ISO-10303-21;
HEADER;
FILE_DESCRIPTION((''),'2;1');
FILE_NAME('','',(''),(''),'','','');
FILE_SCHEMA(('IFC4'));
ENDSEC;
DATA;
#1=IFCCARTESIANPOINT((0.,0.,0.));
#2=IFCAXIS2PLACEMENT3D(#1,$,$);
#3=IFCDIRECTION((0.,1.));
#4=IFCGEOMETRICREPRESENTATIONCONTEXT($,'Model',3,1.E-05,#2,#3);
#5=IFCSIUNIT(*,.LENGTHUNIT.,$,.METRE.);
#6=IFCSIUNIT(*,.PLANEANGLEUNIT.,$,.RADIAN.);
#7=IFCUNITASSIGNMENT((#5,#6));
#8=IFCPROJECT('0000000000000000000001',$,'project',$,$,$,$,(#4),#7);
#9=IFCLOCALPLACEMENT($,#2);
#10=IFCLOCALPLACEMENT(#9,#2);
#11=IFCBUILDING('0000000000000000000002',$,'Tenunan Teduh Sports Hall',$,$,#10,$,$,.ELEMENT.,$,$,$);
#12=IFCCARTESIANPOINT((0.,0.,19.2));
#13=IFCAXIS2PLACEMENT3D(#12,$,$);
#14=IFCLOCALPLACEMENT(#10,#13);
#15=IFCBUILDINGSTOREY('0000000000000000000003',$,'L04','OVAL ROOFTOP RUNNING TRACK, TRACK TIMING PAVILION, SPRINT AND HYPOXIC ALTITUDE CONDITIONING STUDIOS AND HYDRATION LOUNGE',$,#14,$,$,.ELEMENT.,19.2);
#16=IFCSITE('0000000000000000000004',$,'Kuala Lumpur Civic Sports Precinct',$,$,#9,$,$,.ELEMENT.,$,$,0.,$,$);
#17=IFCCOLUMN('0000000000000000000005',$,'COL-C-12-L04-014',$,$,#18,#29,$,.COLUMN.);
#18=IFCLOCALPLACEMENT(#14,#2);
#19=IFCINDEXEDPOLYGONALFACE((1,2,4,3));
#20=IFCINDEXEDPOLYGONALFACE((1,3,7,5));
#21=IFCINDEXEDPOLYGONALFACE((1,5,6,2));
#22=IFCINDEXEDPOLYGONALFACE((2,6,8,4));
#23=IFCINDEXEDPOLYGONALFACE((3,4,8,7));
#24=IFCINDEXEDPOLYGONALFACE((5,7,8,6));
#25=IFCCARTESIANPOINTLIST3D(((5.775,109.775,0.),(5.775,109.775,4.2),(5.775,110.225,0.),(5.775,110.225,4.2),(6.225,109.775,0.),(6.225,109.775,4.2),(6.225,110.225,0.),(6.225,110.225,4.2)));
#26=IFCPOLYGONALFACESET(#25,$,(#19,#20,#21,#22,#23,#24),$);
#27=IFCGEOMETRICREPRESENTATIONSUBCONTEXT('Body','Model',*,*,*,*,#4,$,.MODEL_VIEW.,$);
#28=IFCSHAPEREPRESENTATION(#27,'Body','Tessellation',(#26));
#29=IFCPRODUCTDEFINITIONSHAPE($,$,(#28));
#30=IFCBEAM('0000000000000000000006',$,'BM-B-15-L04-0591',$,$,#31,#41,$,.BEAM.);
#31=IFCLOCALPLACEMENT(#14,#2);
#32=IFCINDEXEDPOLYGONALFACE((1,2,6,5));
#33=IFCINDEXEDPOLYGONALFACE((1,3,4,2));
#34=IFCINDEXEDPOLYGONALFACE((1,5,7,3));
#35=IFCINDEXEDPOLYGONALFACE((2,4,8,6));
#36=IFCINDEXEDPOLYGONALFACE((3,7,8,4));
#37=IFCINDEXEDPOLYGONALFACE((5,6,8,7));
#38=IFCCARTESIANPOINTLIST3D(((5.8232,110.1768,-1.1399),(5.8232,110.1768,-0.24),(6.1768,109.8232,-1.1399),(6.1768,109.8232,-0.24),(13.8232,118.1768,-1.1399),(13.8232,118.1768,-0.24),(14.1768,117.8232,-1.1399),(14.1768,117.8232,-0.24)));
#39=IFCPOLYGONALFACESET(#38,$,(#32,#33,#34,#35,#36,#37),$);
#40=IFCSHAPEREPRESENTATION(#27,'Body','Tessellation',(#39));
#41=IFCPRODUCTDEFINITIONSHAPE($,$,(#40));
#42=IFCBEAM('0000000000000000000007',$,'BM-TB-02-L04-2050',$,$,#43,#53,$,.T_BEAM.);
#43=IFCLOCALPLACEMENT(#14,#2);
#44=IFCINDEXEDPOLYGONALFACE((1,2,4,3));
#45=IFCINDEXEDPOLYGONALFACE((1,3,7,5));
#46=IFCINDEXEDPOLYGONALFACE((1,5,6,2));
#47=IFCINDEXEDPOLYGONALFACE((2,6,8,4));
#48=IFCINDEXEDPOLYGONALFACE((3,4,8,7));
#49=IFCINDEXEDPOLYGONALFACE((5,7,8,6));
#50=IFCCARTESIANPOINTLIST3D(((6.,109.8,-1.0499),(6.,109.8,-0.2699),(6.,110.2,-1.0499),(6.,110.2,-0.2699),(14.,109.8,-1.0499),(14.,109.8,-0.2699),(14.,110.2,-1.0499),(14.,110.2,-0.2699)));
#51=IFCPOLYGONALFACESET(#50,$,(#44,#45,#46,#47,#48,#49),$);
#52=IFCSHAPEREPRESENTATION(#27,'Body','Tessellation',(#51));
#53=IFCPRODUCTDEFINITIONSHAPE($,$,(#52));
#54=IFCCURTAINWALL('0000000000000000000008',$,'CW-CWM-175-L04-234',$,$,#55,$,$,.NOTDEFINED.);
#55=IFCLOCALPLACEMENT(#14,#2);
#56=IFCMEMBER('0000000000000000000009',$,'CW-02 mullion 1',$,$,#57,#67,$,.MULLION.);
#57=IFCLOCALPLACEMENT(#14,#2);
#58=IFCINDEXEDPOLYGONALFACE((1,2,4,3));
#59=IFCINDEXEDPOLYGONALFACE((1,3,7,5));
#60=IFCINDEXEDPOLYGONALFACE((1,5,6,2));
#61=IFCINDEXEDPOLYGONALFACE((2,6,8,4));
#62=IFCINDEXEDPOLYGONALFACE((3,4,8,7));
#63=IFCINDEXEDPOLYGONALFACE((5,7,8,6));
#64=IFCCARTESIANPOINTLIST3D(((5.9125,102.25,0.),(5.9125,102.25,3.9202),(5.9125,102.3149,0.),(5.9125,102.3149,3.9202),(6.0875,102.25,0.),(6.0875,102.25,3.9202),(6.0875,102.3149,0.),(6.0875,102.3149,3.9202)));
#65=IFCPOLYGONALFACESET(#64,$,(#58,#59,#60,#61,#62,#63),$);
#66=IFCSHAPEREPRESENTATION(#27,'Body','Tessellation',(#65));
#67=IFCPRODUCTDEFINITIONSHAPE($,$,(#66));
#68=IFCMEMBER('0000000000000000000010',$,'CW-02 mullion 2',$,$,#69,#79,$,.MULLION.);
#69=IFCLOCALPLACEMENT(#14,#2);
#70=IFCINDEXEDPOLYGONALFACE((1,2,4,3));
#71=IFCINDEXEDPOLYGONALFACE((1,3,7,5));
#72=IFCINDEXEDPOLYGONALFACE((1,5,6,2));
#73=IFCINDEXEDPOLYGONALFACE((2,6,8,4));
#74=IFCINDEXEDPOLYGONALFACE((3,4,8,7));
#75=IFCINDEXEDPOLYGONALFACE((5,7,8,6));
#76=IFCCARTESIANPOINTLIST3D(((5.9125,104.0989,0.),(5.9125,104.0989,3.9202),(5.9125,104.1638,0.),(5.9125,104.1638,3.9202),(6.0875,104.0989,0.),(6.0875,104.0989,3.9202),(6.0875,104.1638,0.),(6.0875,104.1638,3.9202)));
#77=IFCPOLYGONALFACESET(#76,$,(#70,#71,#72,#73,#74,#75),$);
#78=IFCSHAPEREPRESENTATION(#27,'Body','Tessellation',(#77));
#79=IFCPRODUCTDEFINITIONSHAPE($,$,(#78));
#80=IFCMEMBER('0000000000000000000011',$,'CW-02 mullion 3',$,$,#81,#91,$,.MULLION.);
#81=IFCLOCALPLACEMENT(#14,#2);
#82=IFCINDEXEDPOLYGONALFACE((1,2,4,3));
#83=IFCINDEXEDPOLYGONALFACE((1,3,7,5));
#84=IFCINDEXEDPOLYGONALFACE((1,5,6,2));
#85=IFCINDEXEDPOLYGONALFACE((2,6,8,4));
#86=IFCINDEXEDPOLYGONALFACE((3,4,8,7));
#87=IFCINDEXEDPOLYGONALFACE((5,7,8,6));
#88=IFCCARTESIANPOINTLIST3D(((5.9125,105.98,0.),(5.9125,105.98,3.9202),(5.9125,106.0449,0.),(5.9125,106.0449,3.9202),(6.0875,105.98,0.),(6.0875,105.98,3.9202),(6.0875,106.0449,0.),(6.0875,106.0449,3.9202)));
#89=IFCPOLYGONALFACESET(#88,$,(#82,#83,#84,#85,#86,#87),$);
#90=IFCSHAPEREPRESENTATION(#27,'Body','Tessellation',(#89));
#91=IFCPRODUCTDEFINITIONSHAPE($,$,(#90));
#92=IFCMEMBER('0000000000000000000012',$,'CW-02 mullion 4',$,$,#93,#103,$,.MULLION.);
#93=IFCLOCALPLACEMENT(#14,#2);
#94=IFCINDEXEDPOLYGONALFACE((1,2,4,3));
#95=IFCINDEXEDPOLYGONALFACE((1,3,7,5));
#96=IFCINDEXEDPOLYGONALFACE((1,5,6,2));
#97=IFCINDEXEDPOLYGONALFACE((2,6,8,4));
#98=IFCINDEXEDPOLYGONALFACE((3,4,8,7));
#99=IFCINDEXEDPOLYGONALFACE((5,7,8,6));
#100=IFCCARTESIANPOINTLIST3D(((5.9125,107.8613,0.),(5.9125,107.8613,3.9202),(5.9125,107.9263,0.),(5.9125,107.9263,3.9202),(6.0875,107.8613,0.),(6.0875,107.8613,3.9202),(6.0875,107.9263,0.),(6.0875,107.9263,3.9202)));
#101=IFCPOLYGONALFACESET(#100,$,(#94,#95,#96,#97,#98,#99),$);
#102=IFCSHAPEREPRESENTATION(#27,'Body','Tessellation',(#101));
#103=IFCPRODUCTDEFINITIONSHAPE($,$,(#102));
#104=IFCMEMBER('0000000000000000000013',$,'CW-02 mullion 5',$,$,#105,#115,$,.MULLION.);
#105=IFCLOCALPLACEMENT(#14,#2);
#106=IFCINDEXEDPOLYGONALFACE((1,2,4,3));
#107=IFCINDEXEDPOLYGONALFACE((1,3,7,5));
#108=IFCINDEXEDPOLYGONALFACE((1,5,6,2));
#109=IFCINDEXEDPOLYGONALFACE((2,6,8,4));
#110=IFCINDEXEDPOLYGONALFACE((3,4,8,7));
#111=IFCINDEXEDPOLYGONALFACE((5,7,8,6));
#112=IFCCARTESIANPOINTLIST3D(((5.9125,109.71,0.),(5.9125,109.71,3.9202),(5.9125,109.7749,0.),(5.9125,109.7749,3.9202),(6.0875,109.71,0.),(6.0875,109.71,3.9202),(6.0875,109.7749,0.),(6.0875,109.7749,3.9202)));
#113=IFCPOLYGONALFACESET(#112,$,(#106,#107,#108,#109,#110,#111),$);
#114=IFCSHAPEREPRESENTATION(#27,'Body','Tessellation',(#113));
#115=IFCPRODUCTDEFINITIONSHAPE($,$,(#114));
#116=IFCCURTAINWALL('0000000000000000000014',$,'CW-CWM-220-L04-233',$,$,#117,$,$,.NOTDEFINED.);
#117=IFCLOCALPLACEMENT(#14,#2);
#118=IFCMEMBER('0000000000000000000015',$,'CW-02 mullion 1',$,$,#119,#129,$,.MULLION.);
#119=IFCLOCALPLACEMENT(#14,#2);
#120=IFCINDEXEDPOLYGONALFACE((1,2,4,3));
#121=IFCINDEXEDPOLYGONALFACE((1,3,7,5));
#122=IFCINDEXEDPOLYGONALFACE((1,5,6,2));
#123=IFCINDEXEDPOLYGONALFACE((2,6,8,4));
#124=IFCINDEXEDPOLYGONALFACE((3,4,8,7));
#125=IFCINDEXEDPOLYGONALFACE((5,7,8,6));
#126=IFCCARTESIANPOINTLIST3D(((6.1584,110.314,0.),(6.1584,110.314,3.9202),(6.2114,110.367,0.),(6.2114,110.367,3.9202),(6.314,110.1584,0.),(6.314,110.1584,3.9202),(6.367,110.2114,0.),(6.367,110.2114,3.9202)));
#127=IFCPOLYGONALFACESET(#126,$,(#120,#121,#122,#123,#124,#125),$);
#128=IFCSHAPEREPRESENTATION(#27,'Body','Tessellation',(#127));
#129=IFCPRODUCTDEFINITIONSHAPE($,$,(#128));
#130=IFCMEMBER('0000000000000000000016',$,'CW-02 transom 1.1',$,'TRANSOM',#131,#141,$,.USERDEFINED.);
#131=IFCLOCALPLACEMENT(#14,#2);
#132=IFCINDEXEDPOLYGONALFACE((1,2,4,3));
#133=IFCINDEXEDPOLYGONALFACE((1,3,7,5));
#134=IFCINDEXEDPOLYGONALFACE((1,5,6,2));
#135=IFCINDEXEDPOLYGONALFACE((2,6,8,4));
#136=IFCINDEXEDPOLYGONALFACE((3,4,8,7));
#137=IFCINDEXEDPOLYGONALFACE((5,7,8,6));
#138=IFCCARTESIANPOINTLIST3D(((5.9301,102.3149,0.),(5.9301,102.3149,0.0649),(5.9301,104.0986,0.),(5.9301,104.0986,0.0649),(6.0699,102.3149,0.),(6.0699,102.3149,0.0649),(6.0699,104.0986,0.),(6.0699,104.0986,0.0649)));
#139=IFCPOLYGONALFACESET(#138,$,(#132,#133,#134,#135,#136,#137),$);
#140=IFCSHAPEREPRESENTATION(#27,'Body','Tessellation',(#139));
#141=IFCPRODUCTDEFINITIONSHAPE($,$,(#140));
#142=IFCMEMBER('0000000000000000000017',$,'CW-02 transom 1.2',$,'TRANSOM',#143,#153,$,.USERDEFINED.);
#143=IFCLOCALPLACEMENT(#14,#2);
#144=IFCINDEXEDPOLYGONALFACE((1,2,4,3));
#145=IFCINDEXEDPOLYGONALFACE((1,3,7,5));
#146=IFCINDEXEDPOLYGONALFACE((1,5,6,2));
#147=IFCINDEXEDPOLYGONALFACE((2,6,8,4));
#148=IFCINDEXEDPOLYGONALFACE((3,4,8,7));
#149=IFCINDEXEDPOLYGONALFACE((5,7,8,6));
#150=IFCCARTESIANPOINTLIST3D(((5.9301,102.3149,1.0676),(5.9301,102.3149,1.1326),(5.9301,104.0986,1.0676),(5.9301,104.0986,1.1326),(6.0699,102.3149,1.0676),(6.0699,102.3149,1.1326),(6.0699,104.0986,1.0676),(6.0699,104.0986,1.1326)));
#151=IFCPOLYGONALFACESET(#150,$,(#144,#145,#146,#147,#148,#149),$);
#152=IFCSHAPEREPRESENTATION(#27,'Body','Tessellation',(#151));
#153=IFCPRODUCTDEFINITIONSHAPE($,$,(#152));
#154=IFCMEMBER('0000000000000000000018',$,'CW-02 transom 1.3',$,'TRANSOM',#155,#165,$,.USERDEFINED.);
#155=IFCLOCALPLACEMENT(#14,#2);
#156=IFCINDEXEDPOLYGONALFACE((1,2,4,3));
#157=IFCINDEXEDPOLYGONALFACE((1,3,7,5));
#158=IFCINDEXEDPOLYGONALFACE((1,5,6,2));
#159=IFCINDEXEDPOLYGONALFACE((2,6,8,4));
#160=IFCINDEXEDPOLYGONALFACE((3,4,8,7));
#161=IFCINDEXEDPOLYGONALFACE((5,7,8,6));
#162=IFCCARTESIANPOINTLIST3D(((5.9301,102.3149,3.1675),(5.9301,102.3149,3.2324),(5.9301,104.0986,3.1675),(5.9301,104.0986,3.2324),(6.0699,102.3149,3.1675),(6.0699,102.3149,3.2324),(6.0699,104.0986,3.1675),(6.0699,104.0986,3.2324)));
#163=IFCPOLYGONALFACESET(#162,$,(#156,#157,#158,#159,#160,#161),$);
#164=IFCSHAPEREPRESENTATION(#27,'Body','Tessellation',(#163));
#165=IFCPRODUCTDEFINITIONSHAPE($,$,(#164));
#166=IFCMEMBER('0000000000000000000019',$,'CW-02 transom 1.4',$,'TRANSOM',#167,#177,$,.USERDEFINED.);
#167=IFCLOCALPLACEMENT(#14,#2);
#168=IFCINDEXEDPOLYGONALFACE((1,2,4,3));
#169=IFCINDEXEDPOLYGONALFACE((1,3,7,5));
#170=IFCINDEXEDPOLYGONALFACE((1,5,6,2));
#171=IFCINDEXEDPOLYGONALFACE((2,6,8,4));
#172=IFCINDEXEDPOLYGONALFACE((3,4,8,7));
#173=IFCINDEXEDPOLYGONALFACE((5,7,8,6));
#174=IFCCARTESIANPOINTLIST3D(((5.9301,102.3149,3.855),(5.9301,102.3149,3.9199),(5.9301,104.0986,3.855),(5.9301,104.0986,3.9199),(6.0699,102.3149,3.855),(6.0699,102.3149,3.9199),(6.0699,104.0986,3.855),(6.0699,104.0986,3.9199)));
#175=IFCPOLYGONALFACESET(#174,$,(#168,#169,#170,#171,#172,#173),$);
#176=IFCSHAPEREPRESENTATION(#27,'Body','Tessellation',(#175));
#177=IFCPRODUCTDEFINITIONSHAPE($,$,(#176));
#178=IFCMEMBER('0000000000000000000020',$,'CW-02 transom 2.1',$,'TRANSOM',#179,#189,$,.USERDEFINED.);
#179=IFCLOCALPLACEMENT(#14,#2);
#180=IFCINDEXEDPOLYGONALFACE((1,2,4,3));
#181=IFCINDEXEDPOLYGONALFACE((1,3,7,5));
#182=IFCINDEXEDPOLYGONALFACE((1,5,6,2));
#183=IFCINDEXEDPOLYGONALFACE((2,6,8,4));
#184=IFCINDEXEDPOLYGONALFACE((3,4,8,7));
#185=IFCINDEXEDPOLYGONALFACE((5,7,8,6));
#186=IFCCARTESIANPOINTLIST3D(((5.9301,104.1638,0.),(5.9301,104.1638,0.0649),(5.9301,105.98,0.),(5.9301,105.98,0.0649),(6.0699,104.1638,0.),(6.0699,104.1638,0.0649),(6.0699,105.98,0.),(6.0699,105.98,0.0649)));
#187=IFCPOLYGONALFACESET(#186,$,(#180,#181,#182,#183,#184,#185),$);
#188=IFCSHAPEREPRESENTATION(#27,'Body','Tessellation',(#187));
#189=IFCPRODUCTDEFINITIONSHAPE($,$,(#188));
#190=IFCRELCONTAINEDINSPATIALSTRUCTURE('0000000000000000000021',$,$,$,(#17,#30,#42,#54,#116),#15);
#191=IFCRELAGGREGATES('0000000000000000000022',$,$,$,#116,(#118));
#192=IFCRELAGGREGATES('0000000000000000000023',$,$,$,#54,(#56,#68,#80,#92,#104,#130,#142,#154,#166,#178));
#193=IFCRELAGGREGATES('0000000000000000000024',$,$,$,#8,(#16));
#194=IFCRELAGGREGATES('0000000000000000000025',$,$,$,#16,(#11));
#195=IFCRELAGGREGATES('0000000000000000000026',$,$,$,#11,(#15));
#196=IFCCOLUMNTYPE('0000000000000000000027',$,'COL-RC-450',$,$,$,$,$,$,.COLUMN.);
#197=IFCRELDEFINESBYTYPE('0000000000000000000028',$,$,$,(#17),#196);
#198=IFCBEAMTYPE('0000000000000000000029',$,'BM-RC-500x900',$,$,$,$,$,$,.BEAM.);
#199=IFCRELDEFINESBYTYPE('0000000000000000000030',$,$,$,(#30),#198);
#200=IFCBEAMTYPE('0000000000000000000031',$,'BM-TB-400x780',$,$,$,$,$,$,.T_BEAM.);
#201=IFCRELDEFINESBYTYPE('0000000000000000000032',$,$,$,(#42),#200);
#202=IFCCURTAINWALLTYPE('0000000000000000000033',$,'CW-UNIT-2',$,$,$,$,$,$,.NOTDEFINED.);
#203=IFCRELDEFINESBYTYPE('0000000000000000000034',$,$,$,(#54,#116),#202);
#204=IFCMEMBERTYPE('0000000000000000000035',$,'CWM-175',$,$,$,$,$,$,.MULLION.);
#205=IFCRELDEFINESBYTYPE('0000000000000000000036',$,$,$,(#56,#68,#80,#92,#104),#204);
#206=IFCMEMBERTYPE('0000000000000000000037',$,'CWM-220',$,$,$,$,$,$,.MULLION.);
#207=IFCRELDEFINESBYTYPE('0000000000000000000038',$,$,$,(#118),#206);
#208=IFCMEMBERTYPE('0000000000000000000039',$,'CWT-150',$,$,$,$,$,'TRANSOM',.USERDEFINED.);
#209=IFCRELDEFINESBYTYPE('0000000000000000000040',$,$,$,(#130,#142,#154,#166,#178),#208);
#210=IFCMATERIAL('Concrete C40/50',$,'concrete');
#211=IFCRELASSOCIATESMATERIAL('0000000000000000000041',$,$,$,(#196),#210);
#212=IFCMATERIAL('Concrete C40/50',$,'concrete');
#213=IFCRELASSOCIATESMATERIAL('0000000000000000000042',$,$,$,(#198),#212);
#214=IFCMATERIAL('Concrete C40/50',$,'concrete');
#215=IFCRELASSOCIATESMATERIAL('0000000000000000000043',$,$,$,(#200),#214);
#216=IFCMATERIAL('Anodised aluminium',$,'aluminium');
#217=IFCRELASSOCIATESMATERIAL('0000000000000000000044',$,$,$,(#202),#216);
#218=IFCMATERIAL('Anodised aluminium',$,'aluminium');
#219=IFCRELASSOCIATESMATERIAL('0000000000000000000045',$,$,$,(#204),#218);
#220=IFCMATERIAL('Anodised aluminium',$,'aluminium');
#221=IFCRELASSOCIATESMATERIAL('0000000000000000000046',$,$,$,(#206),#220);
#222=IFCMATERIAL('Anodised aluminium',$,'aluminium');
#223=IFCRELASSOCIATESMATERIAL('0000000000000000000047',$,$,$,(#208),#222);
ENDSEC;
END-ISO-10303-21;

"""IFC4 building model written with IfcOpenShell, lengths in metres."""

from ifc_helpers import new_model, si_unit, direction, frame, origin, origin_2d, place, context, subcontext, project, spatial, rectangle, extrude, material, material_profile, profile_set, type_object, element, aggregate, save


model = new_model("IFC4")

# Units and contexts
model_context = context("Model", 3, precision=1e-05, world=origin(), true_north=direction((0.0, 1.0)))
body_context = subcontext(model_context, "Body", "Model", "MODEL_VIEW")
ifc_project = project(units=[si_unit("LENGTHUNIT", "METRE"), si_unit("PLANEANGLEUNIT", "RADIAN")], contexts=[model_context])

# Site, building, storey
site_placement = place(None, origin())
site = spatial("IfcSite", under=ifc_project, at=site_placement, Name="Kuala Lumpur Civic Sports Precinct", CompositionType="ELEMENT", RefElevation=0.0)
building_placement = place(site_placement, origin())
building = spatial("IfcBuilding", under=site, at=building_placement, Name="Tenunan Teduh Sports Hall", CompositionType="ELEMENT")
storey_placement = place(building_placement, frame((0.0, 0.0, 19.2)))
storey = spatial("IfcBuildingStorey", under=building, at=storey_placement, Name="L04", Description="OVAL ROOFTOP RUNNING TRACK, TRACK TIMING PAVILION, SPRINT AND HYPOXIC ALTITUDE CONDITIONING STUDIOS AND HYDRATION LOUNGE", CompositionType="ELEMENT", Elevation=19.2)

# Column
ifc_material_1 = material(Name="Concrete C40/50", Category="concrete")
ifc_material_profile_1 = material_profile(ifc_material_1, rectangle(XDim=0.45, YDim=0.45, at=origin_2d()), Name="RC 450x450")
ifc_profile_set_1 = profile_set([ifc_material_profile_1], Name="Concrete C40/50")
column_type = type_object("IfcColumnType", Name="COL-RC-450", PredefinedType="COLUMN", material=ifc_profile_set_1)
column_placement = place(storey_placement, frame((6.0, 110.0, 0.0), z_axis=(0.0, 0.0, 1.0), x_axis=(1.0, 0.0, 0.0)))
element("IfcColumn", 1, at=column_placement, inside=storey, type_object=column_type, Name="COL-C-12-L04-014", PredefinedType="COLUMN", context=body_context, shape_type="SweptSolid", body=[
    extrude(rectangle(XDim=0.45, YDim=0.45, at=origin_2d()), origin(), (0.0, 0.0, 1.0), 4.2),
])

# Beams
ifc_material_2 = material(Name="Concrete C40/50", Category="concrete")
ifc_material_profile_2 = material_profile(ifc_material_2, rectangle(XDim=0.5, YDim=0.8999, at=origin_2d()), Name="RCB 500x900")
ifc_profile_set_2 = profile_set([ifc_material_profile_2], Name="Concrete C40/50")
beam_type_1 = type_object("IfcBeamType", Name="BM-RC-500x900", PredefinedType="BEAM", material=ifc_profile_set_2)
beam_1_placement = place(storey_placement, frame((6.0, 110.0, -0.6899), z_axis=(0.707107, 0.707107, 0.0), x_axis=(-0.707107, 0.707107, 0.0)))
element("IfcBeam", 2, at=beam_1_placement, inside=storey, type_object=beam_type_1, Name="BM-B-15-L04-0591", PredefinedType="BEAM", context=body_context, shape_type="SweptSolid", body=[
    extrude(rectangle(XDim=0.5, YDim=0.8999, at=origin_2d()), origin(), (0.0, 0.0, 1.0), 11.3137),
])
ifc_material_3 = material(Name="Concrete C40/50", Category="concrete")
ifc_material_profile_3 = material_profile(ifc_material_3, rectangle(XDim=0.3999, YDim=0.78, at=origin_2d()), Name="TB 400x780")
ifc_profile_set_3 = profile_set([ifc_material_profile_3], Name="Concrete C40/50")
beam_type_2 = type_object("IfcBeamType", Name="BM-TB-400x780", PredefinedType="T_BEAM", material=ifc_profile_set_3)
beam_2_placement = place(storey_placement, frame((6.0, 110.0, -0.6599), z_axis=(1.0, 0.0, 0.0), x_axis=(0.0, 1.0, 0.0)))
element("IfcBeam", 3, at=beam_2_placement, inside=storey, type_object=beam_type_2, Name="BM-TB-02-L04-2050", PredefinedType="T_BEAM", context=body_context, shape_type="SweptSolid", body=[
    extrude(rectangle(XDim=0.3999, YDim=0.78, at=origin_2d()), origin(), (0.0, 0.0, 1.0), 8.0),
])

# Curtain wall, members
ifc_material_4 = material(Name="Anodised aluminium", Category="aluminium")
curtain_wall_type = type_object("IfcCurtainWallType", Name="CW-UNIT-2", PredefinedType="NOTDEFINED", material=ifc_material_4)
curtain_wall_1_placement = place(storey_placement, origin())
curtain_wall_1 = element("IfcCurtainWall", 4, at=curtain_wall_1_placement, inside=storey, type_object=curtain_wall_type, Name="CW-CWM-175-L04-234", PredefinedType="NOTDEFINED")
ifc_material_5 = material(Name="Anodised aluminium", Category="aluminium")
ifc_material_profile_4 = material_profile(ifc_material_5, rectangle(XDim=0.0649, YDim=0.175, at=origin_2d()), Name="CWM 65x175")
ifc_profile_set_4 = profile_set([ifc_material_profile_4], Name="Anodised aluminium")
member_type_1 = type_object("IfcMemberType", Name="CWM-175", PredefinedType="MULLION", material=ifc_profile_set_4)
member_1_placement = place(storey_placement, frame((6.0, 102.2825, 0.0), z_axis=(0.0, 0.0, 1.0), x_axis=(0.0, 1.0, 0.0)))
member_1 = element("IfcMember", 5, at=member_1_placement, type_object=member_type_1, Name="CW-02 mullion 1", PredefinedType="MULLION", context=body_context, shape_type="SweptSolid", body=[
    extrude(rectangle(XDim=0.0649, YDim=0.175, at=origin_2d()), origin(), (0.0, 0.0, 1.0), 3.9202),
])
member_2_placement = place(storey_placement, frame((6.0, 104.1313, 0.0), z_axis=(0.0, 0.0, 1.0), x_axis=(0.0, 1.0, 0.0)))
member_2 = element("IfcMember", 6, at=member_2_placement, type_object=member_type_1, Name="CW-02 mullion 2", PredefinedType="MULLION", context=body_context, shape_type="SweptSolid", body=[
    extrude(rectangle(XDim=0.0649, YDim=0.175, at=origin_2d()), origin(), (0.0, 0.0, 1.0), 3.9202),
])
member_3_placement = place(storey_placement, frame((6.0, 106.0125, 0.0), z_axis=(0.0, 0.0, 1.0), x_axis=(0.0, 1.0, 0.0)))
member_3 = element("IfcMember", 7, at=member_3_placement, type_object=member_type_1, Name="CW-02 mullion 3", PredefinedType="MULLION", context=body_context, shape_type="SweptSolid", body=[
    extrude(rectangle(XDim=0.0649, YDim=0.175, at=origin_2d()), origin(), (0.0, 0.0, 1.0), 3.9202),
])
member_4_placement = place(storey_placement, frame((6.0, 107.8938, 0.0), z_axis=(0.0, 0.0, 1.0), x_axis=(0.0, 1.0, 0.0)))
member_4 = element("IfcMember", 8, at=member_4_placement, type_object=member_type_1, Name="CW-02 mullion 4", PredefinedType="MULLION", context=body_context, shape_type="SweptSolid", body=[
    extrude(rectangle(XDim=0.0649, YDim=0.175, at=origin_2d()), origin(), (0.0, 0.0, 1.0), 3.9202),
])
member_5_placement = place(storey_placement, frame((6.0, 109.7424, 0.0), z_axis=(0.0, 0.0, 1.0), x_axis=(0.0, 1.0, 0.0)))
member_5 = element("IfcMember", 9, at=member_5_placement, type_object=member_type_1, Name="CW-02 mullion 5", PredefinedType="MULLION", context=body_context, shape_type="SweptSolid", body=[
    extrude(rectangle(XDim=0.0649, YDim=0.175, at=origin_2d()), origin(), (0.0, 0.0, 1.0), 3.9202),
])

# Curtain wall, member
curtain_wall_2_placement = place(storey_placement, origin())
curtain_wall_2 = element("IfcCurtainWall", 10, at=curtain_wall_2_placement, inside=storey, type_object=curtain_wall_type, Name="CW-CWM-220-L04-233", PredefinedType="NOTDEFINED")
ifc_material_6 = material(Name="Anodised aluminium", Category="aluminium")
ifc_material_profile_5 = material_profile(ifc_material_6, rectangle(XDim=0.075, YDim=0.22, at=origin_2d()), Name="CWM 75x220")
ifc_profile_set_5 = profile_set([ifc_material_profile_5], Name="Anodised aluminium")
member_type_2 = type_object("IfcMemberType", Name="CWM-220", PredefinedType="MULLION", material=ifc_profile_set_5)
member_6_placement = place(storey_placement, frame((6.2627, 110.2627, 0.0), z_axis=(0.0, 0.0, 1.0), x_axis=(0.707097, 0.707117, 0.0)))
member_6 = element("IfcMember", 11, at=member_6_placement, type_object=member_type_2, Name="CW-02 mullion 1", PredefinedType="MULLION", context=body_context, shape_type="SweptSolid", body=[
    extrude(rectangle(XDim=0.075, YDim=0.22, at=origin_2d()), origin(), (0.0, 0.0, 1.0), 3.9202),
])
aggregate(curtain_wall_2, [member_6])

# Members
ifc_material_7 = material(Name="Anodised aluminium", Category="aluminium")
ifc_material_profile_6 = material_profile(ifc_material_7, rectangle(XDim=0.0649, YDim=0.1399, at=origin_2d()), Name="CWT 65x140")
ifc_profile_set_6 = profile_set([ifc_material_profile_6], Name="Anodised aluminium")
member_type_3 = type_object("IfcMemberType", Name="CWT-150", ElementType="TRANSOM", PredefinedType="USERDEFINED", material=ifc_profile_set_6)
member_7_placement = place(storey_placement, frame((6.0, 102.3149, 0.0325), z_axis=(0.0, 1.0, 0.0), x_axis=(0.0, 0.0, 1.0)))
member_7 = element("IfcMember", 12, at=member_7_placement, type_object=member_type_3, Name="CW-02 transom 1.1", ObjectType="TRANSOM", PredefinedType="USERDEFINED", context=body_context, shape_type="SweptSolid", body=[
    extrude(rectangle(XDim=0.0649, YDim=0.1399, at=origin_2d()), origin(), (0.0, 0.0, 1.0), 1.7837),
])
member_8_placement = place(storey_placement, frame((6.0, 102.3149, 1.1001), z_axis=(0.0, 1.0, 0.0), x_axis=(0.0, 0.0, 1.0)))
member_8 = element("IfcMember", 13, at=member_8_placement, type_object=member_type_3, Name="CW-02 transom 1.2", ObjectType="TRANSOM", PredefinedType="USERDEFINED", context=body_context, shape_type="SweptSolid", body=[
    extrude(rectangle(XDim=0.0649, YDim=0.1399, at=origin_2d()), origin(), (0.0, 0.0, 1.0), 1.7837),
])
member_9_placement = place(storey_placement, frame((6.0, 102.3149, 3.2), z_axis=(0.0, 1.0, 0.0), x_axis=(0.0, 0.0, 1.0)))
member_9 = element("IfcMember", 14, at=member_9_placement, type_object=member_type_3, Name="CW-02 transom 1.3", ObjectType="TRANSOM", PredefinedType="USERDEFINED", context=body_context, shape_type="SweptSolid", body=[
    extrude(rectangle(XDim=0.0649, YDim=0.1399, at=origin_2d()), origin(), (0.0, 0.0, 1.0), 1.7837),
])
member_10_placement = place(storey_placement, frame((6.0, 102.3149, 3.8875), z_axis=(0.0, 1.0, 0.0), x_axis=(0.0, 0.0, 1.0)))
member_10 = element("IfcMember", 15, at=member_10_placement, type_object=member_type_3, Name="CW-02 transom 1.4", ObjectType="TRANSOM", PredefinedType="USERDEFINED", context=body_context, shape_type="SweptSolid", body=[
    extrude(rectangle(XDim=0.0649, YDim=0.1399, at=origin_2d()), origin(), (0.0, 0.0, 1.0), 1.7837),
])
member_11_placement = place(storey_placement, frame((6.0, 104.1638, 0.0325), z_axis=(0.0, 1.0, 0.0), x_axis=(0.0, 0.0, 1.0)))
member_11 = element("IfcMember", 16, at=member_11_placement, type_object=member_type_3, Name="CW-02 transom 2.1", ObjectType="TRANSOM", PredefinedType="USERDEFINED", context=body_context, shape_type="SweptSolid", body=[
    extrude(rectangle(XDim=0.0649, YDim=0.1399, at=origin_2d()), origin(), (0.0, 0.0, 1.0), 1.8162),
])

aggregate(curtain_wall_1, [member_1, member_2, member_3, member_4, member_5, member_7, member_8, member_9, member_10, member_11])

save(model, "model.ifc")
